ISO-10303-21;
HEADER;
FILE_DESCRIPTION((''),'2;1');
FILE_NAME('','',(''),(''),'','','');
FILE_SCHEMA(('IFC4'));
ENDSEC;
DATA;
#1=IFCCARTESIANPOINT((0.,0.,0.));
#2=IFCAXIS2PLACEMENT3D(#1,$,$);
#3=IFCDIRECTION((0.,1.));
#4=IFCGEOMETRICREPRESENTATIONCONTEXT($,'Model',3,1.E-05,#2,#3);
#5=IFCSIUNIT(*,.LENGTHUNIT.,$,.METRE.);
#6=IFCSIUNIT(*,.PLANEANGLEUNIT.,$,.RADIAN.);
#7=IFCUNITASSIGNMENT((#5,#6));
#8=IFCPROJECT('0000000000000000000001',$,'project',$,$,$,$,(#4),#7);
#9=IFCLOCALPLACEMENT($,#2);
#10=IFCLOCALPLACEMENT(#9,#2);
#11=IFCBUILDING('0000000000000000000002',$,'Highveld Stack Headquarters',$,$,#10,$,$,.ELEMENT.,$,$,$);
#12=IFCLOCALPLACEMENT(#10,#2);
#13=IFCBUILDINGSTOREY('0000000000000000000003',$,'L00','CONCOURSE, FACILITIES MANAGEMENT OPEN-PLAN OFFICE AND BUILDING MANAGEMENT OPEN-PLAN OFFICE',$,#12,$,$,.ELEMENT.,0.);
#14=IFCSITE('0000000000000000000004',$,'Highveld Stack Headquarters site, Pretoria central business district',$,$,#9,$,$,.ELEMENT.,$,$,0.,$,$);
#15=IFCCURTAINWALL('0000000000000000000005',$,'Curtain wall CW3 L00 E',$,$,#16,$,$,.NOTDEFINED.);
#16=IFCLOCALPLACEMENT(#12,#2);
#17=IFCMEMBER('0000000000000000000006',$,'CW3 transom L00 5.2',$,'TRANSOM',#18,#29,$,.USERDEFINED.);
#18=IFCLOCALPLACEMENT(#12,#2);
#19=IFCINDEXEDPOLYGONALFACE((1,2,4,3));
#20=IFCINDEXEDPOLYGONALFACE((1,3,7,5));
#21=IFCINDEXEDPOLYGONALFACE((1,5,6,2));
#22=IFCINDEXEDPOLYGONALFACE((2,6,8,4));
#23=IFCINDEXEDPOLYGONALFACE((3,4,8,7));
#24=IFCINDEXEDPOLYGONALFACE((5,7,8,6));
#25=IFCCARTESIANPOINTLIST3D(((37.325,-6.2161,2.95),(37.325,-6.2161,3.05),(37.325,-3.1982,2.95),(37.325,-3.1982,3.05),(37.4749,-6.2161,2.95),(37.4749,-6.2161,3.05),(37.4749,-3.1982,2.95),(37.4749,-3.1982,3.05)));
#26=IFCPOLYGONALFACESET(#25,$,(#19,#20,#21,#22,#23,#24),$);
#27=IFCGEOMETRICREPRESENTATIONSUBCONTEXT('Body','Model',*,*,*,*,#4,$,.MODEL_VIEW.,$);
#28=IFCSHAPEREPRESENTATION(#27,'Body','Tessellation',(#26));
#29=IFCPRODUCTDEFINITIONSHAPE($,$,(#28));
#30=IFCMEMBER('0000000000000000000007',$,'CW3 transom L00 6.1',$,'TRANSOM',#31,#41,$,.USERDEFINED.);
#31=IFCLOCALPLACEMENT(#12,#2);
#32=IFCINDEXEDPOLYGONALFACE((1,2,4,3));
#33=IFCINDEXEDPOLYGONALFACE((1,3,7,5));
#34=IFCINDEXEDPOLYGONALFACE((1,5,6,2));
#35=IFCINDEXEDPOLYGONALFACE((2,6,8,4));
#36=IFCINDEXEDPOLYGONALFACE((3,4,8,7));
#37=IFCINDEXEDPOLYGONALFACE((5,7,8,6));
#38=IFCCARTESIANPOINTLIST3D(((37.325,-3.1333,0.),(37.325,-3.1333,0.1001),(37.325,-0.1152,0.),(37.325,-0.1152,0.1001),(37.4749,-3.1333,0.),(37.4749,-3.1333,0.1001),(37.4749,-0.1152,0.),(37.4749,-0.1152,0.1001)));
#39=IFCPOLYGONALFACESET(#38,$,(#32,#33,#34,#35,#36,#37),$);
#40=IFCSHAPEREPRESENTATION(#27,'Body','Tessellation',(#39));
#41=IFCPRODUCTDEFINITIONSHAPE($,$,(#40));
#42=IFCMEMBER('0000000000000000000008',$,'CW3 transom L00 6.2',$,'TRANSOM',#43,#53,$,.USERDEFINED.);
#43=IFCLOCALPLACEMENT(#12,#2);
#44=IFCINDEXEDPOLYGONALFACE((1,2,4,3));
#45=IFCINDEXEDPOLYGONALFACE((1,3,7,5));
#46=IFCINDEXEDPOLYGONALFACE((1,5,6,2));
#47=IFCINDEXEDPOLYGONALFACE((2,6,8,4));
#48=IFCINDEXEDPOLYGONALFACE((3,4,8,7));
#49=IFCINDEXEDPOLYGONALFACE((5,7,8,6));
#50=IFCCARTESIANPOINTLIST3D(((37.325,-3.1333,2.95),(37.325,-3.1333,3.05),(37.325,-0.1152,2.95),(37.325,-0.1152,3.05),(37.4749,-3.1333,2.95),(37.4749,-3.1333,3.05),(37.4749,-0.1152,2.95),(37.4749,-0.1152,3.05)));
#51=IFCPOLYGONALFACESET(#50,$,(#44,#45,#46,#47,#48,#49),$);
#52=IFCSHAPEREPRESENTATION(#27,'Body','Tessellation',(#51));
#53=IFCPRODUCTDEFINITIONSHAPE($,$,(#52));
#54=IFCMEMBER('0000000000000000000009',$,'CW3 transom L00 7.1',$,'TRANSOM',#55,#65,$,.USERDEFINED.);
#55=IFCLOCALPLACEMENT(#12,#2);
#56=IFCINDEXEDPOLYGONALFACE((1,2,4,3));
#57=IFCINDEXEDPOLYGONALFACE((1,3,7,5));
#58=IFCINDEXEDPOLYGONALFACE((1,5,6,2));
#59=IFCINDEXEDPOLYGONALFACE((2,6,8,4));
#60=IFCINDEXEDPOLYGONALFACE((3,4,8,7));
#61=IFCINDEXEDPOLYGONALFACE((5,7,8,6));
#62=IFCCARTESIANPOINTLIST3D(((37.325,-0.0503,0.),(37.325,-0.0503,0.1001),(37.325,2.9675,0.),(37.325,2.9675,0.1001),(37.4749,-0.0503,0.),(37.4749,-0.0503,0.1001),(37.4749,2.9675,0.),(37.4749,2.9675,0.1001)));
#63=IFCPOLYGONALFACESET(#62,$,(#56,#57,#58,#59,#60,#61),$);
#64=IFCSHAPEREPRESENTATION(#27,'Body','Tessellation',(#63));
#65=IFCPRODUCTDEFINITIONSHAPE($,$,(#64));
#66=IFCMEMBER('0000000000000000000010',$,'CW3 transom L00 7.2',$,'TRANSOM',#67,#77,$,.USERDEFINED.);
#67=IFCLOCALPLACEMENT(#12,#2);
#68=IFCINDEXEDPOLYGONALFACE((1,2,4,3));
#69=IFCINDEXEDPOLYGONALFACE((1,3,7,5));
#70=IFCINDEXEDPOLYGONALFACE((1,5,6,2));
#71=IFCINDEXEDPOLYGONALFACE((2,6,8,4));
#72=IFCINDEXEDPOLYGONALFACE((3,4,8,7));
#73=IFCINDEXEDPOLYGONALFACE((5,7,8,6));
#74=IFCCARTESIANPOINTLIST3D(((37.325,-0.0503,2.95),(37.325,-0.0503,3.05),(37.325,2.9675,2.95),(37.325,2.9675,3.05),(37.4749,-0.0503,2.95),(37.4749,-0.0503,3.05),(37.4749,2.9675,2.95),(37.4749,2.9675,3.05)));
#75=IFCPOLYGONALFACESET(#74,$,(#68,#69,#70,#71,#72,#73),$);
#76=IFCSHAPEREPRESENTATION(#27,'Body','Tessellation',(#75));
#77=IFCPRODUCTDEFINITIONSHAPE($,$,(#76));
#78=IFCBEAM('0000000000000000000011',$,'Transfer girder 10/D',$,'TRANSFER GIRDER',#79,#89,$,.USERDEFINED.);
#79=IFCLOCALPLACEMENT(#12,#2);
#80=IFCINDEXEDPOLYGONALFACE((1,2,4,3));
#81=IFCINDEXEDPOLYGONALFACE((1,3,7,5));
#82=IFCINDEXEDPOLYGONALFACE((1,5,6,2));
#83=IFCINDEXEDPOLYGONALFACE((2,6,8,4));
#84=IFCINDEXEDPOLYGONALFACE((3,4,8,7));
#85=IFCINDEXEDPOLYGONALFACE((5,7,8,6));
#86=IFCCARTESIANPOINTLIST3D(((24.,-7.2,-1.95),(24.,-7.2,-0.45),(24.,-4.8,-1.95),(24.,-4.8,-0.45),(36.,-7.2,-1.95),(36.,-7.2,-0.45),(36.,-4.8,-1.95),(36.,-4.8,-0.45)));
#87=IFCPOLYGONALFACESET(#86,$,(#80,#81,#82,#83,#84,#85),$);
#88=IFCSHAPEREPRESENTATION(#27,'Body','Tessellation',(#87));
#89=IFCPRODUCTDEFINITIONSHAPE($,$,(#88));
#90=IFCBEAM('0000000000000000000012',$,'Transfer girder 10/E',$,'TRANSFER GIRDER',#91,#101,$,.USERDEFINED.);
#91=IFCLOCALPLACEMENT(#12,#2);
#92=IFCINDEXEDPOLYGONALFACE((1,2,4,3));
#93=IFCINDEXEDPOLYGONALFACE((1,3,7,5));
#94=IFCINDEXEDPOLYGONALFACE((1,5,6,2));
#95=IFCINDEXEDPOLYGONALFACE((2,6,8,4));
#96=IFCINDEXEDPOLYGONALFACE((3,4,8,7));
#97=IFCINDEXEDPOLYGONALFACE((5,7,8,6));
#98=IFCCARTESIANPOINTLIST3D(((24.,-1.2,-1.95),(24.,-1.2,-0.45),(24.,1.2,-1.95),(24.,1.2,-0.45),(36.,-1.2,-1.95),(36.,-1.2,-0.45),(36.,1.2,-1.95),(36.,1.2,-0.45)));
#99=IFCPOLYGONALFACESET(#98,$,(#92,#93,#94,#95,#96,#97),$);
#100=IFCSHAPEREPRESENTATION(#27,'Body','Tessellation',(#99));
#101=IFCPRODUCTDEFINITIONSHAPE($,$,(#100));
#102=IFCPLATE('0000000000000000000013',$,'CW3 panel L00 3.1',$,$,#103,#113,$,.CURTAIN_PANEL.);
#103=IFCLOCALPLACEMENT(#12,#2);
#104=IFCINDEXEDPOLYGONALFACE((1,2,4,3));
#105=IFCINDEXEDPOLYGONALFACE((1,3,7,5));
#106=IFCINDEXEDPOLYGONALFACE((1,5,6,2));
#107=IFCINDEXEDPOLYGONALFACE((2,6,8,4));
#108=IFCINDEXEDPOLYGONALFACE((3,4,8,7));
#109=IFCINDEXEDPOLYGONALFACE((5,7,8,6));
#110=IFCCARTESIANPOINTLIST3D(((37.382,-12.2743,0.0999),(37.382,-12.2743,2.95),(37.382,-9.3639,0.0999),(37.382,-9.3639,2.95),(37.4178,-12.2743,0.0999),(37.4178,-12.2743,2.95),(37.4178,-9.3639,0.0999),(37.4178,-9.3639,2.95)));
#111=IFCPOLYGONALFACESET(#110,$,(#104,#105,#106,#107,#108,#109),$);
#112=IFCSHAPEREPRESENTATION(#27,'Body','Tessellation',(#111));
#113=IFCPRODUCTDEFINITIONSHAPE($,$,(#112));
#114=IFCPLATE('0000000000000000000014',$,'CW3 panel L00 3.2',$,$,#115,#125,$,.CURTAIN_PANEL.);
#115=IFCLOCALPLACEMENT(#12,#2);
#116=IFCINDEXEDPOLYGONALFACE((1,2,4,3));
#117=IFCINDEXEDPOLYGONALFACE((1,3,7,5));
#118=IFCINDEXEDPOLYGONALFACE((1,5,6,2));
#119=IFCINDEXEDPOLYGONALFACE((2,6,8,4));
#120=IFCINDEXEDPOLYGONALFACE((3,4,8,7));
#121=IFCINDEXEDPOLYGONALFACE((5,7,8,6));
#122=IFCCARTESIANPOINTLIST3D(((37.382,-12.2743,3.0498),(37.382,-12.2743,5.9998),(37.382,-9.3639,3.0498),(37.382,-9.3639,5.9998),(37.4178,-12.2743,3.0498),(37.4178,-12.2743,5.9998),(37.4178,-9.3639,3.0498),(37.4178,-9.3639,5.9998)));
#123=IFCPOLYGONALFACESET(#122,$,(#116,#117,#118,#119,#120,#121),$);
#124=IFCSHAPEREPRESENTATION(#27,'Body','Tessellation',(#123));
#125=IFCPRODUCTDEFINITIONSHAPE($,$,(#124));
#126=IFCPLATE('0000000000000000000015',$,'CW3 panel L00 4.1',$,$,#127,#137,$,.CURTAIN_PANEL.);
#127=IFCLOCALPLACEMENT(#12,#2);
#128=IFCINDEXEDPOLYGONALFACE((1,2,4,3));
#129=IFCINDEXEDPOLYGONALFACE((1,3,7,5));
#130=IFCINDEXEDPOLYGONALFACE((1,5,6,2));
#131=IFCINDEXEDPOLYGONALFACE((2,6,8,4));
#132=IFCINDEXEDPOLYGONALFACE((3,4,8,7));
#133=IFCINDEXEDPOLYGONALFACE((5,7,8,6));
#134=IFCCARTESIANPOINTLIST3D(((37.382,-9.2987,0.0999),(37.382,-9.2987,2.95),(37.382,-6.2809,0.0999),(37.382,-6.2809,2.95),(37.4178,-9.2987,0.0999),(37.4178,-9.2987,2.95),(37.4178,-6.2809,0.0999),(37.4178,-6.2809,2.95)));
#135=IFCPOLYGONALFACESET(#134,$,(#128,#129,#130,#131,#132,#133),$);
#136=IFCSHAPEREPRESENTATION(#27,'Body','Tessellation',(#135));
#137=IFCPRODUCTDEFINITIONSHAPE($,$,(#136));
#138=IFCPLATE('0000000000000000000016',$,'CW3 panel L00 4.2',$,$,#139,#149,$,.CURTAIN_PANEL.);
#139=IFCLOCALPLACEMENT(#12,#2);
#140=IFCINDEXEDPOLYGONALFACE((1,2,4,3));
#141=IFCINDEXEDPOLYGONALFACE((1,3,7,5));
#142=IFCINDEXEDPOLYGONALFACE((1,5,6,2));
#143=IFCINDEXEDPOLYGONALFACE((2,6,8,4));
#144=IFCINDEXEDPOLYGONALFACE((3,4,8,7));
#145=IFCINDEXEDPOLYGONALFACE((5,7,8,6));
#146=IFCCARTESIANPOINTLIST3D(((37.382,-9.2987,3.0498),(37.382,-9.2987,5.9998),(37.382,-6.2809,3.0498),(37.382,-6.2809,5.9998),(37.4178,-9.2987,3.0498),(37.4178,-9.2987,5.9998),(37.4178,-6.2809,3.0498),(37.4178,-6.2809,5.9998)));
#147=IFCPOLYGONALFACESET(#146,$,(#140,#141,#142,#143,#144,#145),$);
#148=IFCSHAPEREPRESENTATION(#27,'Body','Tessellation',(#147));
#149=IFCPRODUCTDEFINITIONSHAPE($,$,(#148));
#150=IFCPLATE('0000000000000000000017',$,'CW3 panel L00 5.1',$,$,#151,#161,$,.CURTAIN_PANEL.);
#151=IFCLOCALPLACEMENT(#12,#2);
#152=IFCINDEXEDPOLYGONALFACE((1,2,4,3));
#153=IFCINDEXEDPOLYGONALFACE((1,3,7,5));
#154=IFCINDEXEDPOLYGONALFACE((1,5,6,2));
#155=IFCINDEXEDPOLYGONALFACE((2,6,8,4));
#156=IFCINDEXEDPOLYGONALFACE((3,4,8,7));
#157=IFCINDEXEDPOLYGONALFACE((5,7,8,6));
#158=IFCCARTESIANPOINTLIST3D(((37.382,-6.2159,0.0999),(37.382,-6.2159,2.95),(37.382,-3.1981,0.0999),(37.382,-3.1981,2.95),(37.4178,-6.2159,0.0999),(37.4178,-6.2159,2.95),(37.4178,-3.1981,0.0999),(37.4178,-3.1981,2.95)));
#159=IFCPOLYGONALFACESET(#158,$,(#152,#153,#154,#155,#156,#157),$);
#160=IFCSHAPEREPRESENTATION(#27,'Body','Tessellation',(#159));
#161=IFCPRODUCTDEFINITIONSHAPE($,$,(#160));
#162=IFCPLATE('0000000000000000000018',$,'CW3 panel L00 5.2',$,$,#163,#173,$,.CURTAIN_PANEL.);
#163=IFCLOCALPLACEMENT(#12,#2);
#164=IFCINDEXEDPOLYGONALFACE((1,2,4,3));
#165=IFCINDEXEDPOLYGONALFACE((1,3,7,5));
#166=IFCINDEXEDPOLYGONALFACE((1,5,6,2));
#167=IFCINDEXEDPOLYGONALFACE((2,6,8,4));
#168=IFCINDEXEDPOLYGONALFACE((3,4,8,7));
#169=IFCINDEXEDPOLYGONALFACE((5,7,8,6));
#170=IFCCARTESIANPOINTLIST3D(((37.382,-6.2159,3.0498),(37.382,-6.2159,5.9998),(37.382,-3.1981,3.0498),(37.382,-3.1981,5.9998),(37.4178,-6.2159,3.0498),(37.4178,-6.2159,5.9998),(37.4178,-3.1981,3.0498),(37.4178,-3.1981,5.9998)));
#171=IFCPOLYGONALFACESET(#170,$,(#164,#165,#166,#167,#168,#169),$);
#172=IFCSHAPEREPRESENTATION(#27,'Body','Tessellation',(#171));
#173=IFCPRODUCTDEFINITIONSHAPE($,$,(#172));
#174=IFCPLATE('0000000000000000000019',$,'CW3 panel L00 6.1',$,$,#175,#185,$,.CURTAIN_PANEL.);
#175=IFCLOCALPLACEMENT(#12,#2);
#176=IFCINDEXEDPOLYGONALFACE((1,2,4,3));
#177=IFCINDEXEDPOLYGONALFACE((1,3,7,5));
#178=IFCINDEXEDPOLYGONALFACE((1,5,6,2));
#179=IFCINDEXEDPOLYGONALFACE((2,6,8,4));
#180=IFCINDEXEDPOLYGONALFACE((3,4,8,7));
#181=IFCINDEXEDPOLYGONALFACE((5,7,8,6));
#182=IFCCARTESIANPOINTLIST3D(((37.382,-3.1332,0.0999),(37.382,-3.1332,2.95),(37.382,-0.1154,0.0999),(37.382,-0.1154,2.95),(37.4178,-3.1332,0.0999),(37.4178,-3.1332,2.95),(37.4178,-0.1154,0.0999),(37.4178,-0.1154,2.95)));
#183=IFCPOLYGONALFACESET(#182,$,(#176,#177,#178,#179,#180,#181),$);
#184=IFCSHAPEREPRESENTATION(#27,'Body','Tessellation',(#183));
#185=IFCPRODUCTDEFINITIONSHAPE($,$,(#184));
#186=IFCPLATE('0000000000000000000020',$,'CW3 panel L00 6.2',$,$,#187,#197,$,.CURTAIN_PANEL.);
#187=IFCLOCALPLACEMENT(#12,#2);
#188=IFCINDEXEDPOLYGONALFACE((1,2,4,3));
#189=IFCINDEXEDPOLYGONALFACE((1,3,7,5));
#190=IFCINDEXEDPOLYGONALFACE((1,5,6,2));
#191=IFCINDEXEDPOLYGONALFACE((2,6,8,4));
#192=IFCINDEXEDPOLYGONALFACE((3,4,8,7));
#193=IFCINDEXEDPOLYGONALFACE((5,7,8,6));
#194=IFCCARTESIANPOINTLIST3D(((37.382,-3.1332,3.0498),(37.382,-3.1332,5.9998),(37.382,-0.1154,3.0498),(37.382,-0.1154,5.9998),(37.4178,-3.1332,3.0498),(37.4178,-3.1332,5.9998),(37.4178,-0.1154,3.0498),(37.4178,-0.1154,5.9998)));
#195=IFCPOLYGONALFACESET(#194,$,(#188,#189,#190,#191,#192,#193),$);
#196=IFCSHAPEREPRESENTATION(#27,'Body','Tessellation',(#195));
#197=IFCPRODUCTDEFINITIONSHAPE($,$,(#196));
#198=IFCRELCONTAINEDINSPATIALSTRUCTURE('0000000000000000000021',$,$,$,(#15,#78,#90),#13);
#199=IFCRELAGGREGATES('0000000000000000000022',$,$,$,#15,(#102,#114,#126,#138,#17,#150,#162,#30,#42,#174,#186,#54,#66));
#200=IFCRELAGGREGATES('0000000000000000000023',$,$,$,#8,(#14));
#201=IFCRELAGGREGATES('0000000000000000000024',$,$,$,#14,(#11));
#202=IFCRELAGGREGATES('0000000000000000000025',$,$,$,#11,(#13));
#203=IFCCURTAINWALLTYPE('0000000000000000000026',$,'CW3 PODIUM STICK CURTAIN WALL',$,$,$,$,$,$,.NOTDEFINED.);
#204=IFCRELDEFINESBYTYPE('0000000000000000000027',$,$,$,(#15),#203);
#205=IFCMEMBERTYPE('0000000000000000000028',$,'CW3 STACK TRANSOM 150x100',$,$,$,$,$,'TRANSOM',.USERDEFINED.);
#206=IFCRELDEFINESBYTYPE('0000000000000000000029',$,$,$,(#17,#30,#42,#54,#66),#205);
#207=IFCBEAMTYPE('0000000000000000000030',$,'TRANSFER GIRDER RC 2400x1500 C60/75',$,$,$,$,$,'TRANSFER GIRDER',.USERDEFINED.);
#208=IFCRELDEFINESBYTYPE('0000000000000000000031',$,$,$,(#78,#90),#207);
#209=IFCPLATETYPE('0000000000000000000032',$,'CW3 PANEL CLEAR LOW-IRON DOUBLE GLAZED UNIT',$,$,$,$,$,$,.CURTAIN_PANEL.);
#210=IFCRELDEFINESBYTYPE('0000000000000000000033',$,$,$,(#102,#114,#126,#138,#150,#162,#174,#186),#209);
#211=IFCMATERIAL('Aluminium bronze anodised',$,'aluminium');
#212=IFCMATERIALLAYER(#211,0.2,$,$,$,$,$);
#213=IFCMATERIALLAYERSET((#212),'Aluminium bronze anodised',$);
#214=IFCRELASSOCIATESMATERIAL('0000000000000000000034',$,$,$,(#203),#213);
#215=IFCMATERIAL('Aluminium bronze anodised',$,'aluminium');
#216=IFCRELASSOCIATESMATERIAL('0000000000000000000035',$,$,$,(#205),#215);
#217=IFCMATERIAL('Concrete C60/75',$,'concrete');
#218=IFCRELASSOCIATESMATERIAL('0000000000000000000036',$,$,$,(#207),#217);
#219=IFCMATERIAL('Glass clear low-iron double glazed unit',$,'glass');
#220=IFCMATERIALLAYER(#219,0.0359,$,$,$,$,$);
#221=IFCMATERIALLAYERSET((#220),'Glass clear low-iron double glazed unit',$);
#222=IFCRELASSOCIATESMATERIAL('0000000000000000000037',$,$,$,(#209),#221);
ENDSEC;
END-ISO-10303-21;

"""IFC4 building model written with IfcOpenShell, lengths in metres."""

from ifc_helpers import new_model, si_unit, direction, frame, origin, origin_2d, place, context, subcontext, project, spatial, rectangle, extrude, material, layer, layer_set, material_profile, profile_set, type_object, element, aggregate, save


model = new_model("IFC4")

# Units and contexts
model_context = context("Model", 3, precision=1e-05, world=origin(), true_north=direction((0.0, 1.0)))
body_context = subcontext(model_context, "Body", "Model", "MODEL_VIEW")
ifc_project = project(units=[si_unit("LENGTHUNIT", "METRE"), si_unit("PLANEANGLEUNIT", "RADIAN")], contexts=[model_context])

# Site, building, storey
site_placement = place(None, origin())
site = spatial("IfcSite", under=ifc_project, at=site_placement, Name="Highveld Stack Headquarters site, Pretoria central business district", CompositionType="ELEMENT", RefElevation=0.0)
building_placement = place(site_placement, origin())
building = spatial("IfcBuilding", under=site, at=building_placement, Name="Highveld Stack Headquarters", CompositionType="ELEMENT")
storey_placement = place(building_placement, origin())
storey = spatial("IfcBuildingStorey", under=building, at=storey_placement, Name="L00", Description="CONCOURSE, FACILITIES MANAGEMENT OPEN-PLAN OFFICE AND BUILDING MANAGEMENT OPEN-PLAN OFFICE", CompositionType="ELEMENT", Elevation=0.0)

# Curtain wall, members
ifc_material_1 = material(Name="Aluminium bronze anodised", Category="aluminium")
ifc_layer_1 = layer(ifc_material_1, 0.2)
ifc_layer_set_1 = layer_set([ifc_layer_1], Name="Aluminium bronze anodised")
curtain_wall_type = type_object("IfcCurtainWallType", Name="CW3 PODIUM STICK CURTAIN WALL", PredefinedType="NOTDEFINED", material=ifc_layer_set_1)
curtain_wall_placement = place(storey_placement, origin())
curtain_wall = element("IfcCurtainWall", 1, at=curtain_wall_placement, inside=storey, type_object=curtain_wall_type, Name="Curtain wall CW3 L00 E", PredefinedType="NOTDEFINED")
ifc_material_2 = material(Name="Aluminium bronze anodised", Category="aluminium")
ifc_material_profile_1 = material_profile(ifc_material_2, rectangle(XDim=0.1499, YDim=0.1001, at=origin_2d()), Name="CW3 TRANSOM 150x100")
ifc_profile_set_1 = profile_set([ifc_material_profile_1], Name="Aluminium bronze anodised")
member_type_1 = type_object("IfcMemberType", Name="CW3 STACK TRANSOM 150x100", ElementType="TRANSOM", PredefinedType="USERDEFINED", material=ifc_profile_set_1)
member_1_placement = place(storey_placement, frame((37.3999, -6.2161, 3.0), z_axis=(0.0, 1.0, 0.0), x_axis=(-1.0, 0.0, 0.0)))
member_1 = element("IfcMember", 2, at=member_1_placement, type_object=member_type_1, Name="CW3 transom L00 5.2", ObjectType="TRANSOM", PredefinedType="USERDEFINED", context=body_context, shape_type="SweptSolid", body=[
    extrude(rectangle(XDim=0.1499, YDim=0.1001, at=origin_2d()), origin(), (0.0, 0.0, 1.0), 3.0178),
])
member_2_placement = place(storey_placement, frame((37.3999, -3.1333, 0.05), z_axis=(0.0, 1.0, 0.0), x_axis=(-1.0, 0.0, 0.0)))
member_2 = element("IfcMember", 3, at=member_2_placement, type_object=member_type_1, Name="CW3 transom L00 6.1", ObjectType="TRANSOM", PredefinedType="USERDEFINED", context=body_context, shape_type="SweptSolid", body=[
    extrude(rectangle(XDim=0.1499, YDim=0.1001, at=origin_2d()), origin(), (0.0, 0.0, 1.0), 3.0181),
])
member_3_placement = place(storey_placement, frame((37.3999, -3.1333, 3.0), z_axis=(0.0, 1.0, 0.0), x_axis=(-1.0, 0.0, 0.0)))
member_3 = element("IfcMember", 4, at=member_3_placement, type_object=member_type_1, Name="CW3 transom L00 6.2", ObjectType="TRANSOM", PredefinedType="USERDEFINED", context=body_context, shape_type="SweptSolid", body=[
    extrude(rectangle(XDim=0.1499, YDim=0.1001, at=origin_2d()), origin(), (0.0, 0.0, 1.0), 3.0181),
])
member_4_placement = place(storey_placement, frame((37.3999, -0.0503, 0.05), z_axis=(0.0, 1.0, 0.0), x_axis=(-1.0, 0.0, 0.0)))
member_4 = element("IfcMember", 5, at=member_4_placement, type_object=member_type_1, Name="CW3 transom L00 7.1", ObjectType="TRANSOM", PredefinedType="USERDEFINED", context=body_context, shape_type="SweptSolid", body=[
    extrude(rectangle(XDim=0.1499, YDim=0.1001, at=origin_2d()), origin(), (0.0, 0.0, 1.0), 3.0178),
])
member_5_placement = place(storey_placement, frame((37.3999, -0.0503, 3.0), z_axis=(0.0, 1.0, 0.0), x_axis=(-1.0, 0.0, 0.0)))
member_5 = element("IfcMember", 6, at=member_5_placement, type_object=member_type_1, Name="CW3 transom L00 7.2", ObjectType="TRANSOM", PredefinedType="USERDEFINED", context=body_context, shape_type="SweptSolid", body=[
    extrude(rectangle(XDim=0.1499, YDim=0.1001, at=origin_2d()), origin(), (0.0, 0.0, 1.0), 3.0178),
])

# Beams
ifc_material_3 = material(Name="Concrete C60/75", Category="concrete")
ifc_material_profile_2 = material_profile(ifc_material_3, rectangle(XDim=2.3999, YDim=1.5, at=origin_2d()), Name="RC 2400x1500")
ifc_profile_set_2 = profile_set([ifc_material_profile_2], Name="Concrete C60/75")
beam_type = type_object("IfcBeamType", Name="TRANSFER GIRDER RC 2400x1500 C60/75", ElementType="TRANSFER GIRDER", PredefinedType="USERDEFINED", material=ifc_profile_set_2)
for number, where, z_axis, x_axis, name in (
    (7, (24.0, -6.0, -1.2), (1.0, 0.0, 0.0), (0.0, 1.0, 0.0), "Transfer girder 10/D"),
    (8, (24.0, 0.0, -1.2), (1.0, 0.0, 0.0), (0.0, 1.0, 0.0), "Transfer girder 10/E"),
):
    element("IfcBeam", number, at=place(storey_placement, frame(where, z_axis=z_axis, x_axis=x_axis)), inside=storey, type_object=beam_type, Name=name, ObjectType="TRANSFER GIRDER", PredefinedType="USERDEFINED", context=body_context, shape_type="SweptSolid", body=[
        extrude(rectangle(XDim=2.3999, YDim=1.5, at=origin_2d()), origin(), (0.0, 0.0, 1.0), 12.0),
    ])

# Plates
ifc_material_4 = material(Name="Glass clear low-iron double glazed unit", Category="glass")
ifc_layer_2 = layer(ifc_material_4, 0.0359)
ifc_layer_set_2 = layer_set([ifc_layer_2], Name="Glass clear low-iron double glazed unit")
plate_type = type_object("IfcPlateType", Name="CW3 PANEL CLEAR LOW-IRON DOUBLE GLAZED UNIT", PredefinedType="CURTAIN_PANEL", material=ifc_layer_set_2)
plate_1_placement = place(storey_placement, frame((37.3999, -10.8191, 0.0999), z_axis=(0.0, 0.0, 1.0), x_axis=(0.0, 1.0, 0.0)))
plate_1 = element("IfcPlate", 9, at=plate_1_placement, type_object=plate_type, Name="CW3 panel L00 3.1", PredefinedType="CURTAIN_PANEL", context=body_context, shape_type="SweptSolid", body=[
    extrude(rectangle(XDim=2.9104, YDim=0.0359, at=origin_2d()), origin(), (0.0, 0.0, 1.0), 2.8501),
])
plate_2_placement = place(storey_placement, frame((37.3999, -10.8191, 3.0498), z_axis=(0.0, 0.0, 1.0), x_axis=(0.0, 1.0, 0.0)))
plate_2 = element("IfcPlate", 10, at=plate_2_placement, type_object=plate_type, Name="CW3 panel L00 3.2", PredefinedType="CURTAIN_PANEL", context=body_context, shape_type="SweptSolid", body=[
    extrude(rectangle(XDim=2.9104, YDim=0.0359, at=origin_2d()), origin(), (0.0, 0.0, 1.0), 2.95),
])
plate_3_placement = place(storey_placement, frame((37.3999, -7.7898, 0.0999), z_axis=(0.0, 0.0, 1.0), x_axis=(0.0, 1.0, 0.0)))
plate_3 = element("IfcPlate", 11, at=plate_3_placement, type_object=plate_type, Name="CW3 panel L00 4.1", PredefinedType="CURTAIN_PANEL", context=body_context, shape_type="SweptSolid", body=[
    extrude(rectangle(XDim=3.0178, YDim=0.0359, at=origin_2d()), origin(), (0.0, 0.0, 1.0), 2.8501),
])
plate_4_placement = place(storey_placement, frame((37.3999, -7.7898, 3.0498), z_axis=(0.0, 0.0, 1.0), x_axis=(0.0, 1.0, 0.0)))
plate_4 = element("IfcPlate", 12, at=plate_4_placement, type_object=plate_type, Name="CW3 panel L00 4.2", PredefinedType="CURTAIN_PANEL", context=body_context, shape_type="SweptSolid", body=[
    extrude(rectangle(XDim=3.0178, YDim=0.0359, at=origin_2d()), origin(), (0.0, 0.0, 1.0), 2.95),
])
plate_5_placement = place(storey_placement, frame((37.3999, -4.707, 0.0999), z_axis=(0.0, 0.0, 1.0), x_axis=(0.0, 1.0, 0.0)))
plate_5 = element("IfcPlate", 13, at=plate_5_placement, type_object=plate_type, Name="CW3 panel L00 5.1", PredefinedType="CURTAIN_PANEL", context=body_context, shape_type="SweptSolid", body=[
    extrude(rectangle(XDim=3.0178, YDim=0.0359, at=origin_2d()), origin(), (0.0, 0.0, 1.0), 2.8501),
])
plate_6_placement = place(storey_placement, frame((37.3999, -4.707, 3.0498), z_axis=(0.0, 0.0, 1.0), x_axis=(0.0, 1.0, 0.0)))
plate_6 = element("IfcPlate", 14, at=plate_6_placement, type_object=plate_type, Name="CW3 panel L00 5.2", PredefinedType="CURTAIN_PANEL", context=body_context, shape_type="SweptSolid", body=[
    extrude(rectangle(XDim=3.0178, YDim=0.0359, at=origin_2d()), origin(), (0.0, 0.0, 1.0), 2.95),
])
plate_7_placement = place(storey_placement, frame((37.3999, -1.6243, 0.0999), z_axis=(0.0, 0.0, 1.0), x_axis=(0.0, 1.0, 0.0)))
plate_7 = element("IfcPlate", 15, at=plate_7_placement, type_object=plate_type, Name="CW3 panel L00 6.1", PredefinedType="CURTAIN_PANEL", context=body_context, shape_type="SweptSolid", body=[
    extrude(rectangle(XDim=3.0178, YDim=0.0359, at=origin_2d()), origin(), (0.0, 0.0, 1.0), 2.8501),
])
plate_8_placement = place(storey_placement, frame((37.3999, -1.6243, 3.0498), z_axis=(0.0, 0.0, 1.0), x_axis=(0.0, 1.0, 0.0)))
plate_8 = element("IfcPlate", 16, at=plate_8_placement, type_object=plate_type, Name="CW3 panel L00 6.2", PredefinedType="CURTAIN_PANEL", context=body_context, shape_type="SweptSolid", body=[
    extrude(rectangle(XDim=3.0178, YDim=0.0359, at=origin_2d()), origin(), (0.0, 0.0, 1.0), 2.95),
])
aggregate(curtain_wall, [plate_1, plate_2, plate_3, plate_4, member_1, plate_5, plate_6, member_2, member_3, plate_7, plate_8, member_4, member_5])

save(model, "model.ifc")
